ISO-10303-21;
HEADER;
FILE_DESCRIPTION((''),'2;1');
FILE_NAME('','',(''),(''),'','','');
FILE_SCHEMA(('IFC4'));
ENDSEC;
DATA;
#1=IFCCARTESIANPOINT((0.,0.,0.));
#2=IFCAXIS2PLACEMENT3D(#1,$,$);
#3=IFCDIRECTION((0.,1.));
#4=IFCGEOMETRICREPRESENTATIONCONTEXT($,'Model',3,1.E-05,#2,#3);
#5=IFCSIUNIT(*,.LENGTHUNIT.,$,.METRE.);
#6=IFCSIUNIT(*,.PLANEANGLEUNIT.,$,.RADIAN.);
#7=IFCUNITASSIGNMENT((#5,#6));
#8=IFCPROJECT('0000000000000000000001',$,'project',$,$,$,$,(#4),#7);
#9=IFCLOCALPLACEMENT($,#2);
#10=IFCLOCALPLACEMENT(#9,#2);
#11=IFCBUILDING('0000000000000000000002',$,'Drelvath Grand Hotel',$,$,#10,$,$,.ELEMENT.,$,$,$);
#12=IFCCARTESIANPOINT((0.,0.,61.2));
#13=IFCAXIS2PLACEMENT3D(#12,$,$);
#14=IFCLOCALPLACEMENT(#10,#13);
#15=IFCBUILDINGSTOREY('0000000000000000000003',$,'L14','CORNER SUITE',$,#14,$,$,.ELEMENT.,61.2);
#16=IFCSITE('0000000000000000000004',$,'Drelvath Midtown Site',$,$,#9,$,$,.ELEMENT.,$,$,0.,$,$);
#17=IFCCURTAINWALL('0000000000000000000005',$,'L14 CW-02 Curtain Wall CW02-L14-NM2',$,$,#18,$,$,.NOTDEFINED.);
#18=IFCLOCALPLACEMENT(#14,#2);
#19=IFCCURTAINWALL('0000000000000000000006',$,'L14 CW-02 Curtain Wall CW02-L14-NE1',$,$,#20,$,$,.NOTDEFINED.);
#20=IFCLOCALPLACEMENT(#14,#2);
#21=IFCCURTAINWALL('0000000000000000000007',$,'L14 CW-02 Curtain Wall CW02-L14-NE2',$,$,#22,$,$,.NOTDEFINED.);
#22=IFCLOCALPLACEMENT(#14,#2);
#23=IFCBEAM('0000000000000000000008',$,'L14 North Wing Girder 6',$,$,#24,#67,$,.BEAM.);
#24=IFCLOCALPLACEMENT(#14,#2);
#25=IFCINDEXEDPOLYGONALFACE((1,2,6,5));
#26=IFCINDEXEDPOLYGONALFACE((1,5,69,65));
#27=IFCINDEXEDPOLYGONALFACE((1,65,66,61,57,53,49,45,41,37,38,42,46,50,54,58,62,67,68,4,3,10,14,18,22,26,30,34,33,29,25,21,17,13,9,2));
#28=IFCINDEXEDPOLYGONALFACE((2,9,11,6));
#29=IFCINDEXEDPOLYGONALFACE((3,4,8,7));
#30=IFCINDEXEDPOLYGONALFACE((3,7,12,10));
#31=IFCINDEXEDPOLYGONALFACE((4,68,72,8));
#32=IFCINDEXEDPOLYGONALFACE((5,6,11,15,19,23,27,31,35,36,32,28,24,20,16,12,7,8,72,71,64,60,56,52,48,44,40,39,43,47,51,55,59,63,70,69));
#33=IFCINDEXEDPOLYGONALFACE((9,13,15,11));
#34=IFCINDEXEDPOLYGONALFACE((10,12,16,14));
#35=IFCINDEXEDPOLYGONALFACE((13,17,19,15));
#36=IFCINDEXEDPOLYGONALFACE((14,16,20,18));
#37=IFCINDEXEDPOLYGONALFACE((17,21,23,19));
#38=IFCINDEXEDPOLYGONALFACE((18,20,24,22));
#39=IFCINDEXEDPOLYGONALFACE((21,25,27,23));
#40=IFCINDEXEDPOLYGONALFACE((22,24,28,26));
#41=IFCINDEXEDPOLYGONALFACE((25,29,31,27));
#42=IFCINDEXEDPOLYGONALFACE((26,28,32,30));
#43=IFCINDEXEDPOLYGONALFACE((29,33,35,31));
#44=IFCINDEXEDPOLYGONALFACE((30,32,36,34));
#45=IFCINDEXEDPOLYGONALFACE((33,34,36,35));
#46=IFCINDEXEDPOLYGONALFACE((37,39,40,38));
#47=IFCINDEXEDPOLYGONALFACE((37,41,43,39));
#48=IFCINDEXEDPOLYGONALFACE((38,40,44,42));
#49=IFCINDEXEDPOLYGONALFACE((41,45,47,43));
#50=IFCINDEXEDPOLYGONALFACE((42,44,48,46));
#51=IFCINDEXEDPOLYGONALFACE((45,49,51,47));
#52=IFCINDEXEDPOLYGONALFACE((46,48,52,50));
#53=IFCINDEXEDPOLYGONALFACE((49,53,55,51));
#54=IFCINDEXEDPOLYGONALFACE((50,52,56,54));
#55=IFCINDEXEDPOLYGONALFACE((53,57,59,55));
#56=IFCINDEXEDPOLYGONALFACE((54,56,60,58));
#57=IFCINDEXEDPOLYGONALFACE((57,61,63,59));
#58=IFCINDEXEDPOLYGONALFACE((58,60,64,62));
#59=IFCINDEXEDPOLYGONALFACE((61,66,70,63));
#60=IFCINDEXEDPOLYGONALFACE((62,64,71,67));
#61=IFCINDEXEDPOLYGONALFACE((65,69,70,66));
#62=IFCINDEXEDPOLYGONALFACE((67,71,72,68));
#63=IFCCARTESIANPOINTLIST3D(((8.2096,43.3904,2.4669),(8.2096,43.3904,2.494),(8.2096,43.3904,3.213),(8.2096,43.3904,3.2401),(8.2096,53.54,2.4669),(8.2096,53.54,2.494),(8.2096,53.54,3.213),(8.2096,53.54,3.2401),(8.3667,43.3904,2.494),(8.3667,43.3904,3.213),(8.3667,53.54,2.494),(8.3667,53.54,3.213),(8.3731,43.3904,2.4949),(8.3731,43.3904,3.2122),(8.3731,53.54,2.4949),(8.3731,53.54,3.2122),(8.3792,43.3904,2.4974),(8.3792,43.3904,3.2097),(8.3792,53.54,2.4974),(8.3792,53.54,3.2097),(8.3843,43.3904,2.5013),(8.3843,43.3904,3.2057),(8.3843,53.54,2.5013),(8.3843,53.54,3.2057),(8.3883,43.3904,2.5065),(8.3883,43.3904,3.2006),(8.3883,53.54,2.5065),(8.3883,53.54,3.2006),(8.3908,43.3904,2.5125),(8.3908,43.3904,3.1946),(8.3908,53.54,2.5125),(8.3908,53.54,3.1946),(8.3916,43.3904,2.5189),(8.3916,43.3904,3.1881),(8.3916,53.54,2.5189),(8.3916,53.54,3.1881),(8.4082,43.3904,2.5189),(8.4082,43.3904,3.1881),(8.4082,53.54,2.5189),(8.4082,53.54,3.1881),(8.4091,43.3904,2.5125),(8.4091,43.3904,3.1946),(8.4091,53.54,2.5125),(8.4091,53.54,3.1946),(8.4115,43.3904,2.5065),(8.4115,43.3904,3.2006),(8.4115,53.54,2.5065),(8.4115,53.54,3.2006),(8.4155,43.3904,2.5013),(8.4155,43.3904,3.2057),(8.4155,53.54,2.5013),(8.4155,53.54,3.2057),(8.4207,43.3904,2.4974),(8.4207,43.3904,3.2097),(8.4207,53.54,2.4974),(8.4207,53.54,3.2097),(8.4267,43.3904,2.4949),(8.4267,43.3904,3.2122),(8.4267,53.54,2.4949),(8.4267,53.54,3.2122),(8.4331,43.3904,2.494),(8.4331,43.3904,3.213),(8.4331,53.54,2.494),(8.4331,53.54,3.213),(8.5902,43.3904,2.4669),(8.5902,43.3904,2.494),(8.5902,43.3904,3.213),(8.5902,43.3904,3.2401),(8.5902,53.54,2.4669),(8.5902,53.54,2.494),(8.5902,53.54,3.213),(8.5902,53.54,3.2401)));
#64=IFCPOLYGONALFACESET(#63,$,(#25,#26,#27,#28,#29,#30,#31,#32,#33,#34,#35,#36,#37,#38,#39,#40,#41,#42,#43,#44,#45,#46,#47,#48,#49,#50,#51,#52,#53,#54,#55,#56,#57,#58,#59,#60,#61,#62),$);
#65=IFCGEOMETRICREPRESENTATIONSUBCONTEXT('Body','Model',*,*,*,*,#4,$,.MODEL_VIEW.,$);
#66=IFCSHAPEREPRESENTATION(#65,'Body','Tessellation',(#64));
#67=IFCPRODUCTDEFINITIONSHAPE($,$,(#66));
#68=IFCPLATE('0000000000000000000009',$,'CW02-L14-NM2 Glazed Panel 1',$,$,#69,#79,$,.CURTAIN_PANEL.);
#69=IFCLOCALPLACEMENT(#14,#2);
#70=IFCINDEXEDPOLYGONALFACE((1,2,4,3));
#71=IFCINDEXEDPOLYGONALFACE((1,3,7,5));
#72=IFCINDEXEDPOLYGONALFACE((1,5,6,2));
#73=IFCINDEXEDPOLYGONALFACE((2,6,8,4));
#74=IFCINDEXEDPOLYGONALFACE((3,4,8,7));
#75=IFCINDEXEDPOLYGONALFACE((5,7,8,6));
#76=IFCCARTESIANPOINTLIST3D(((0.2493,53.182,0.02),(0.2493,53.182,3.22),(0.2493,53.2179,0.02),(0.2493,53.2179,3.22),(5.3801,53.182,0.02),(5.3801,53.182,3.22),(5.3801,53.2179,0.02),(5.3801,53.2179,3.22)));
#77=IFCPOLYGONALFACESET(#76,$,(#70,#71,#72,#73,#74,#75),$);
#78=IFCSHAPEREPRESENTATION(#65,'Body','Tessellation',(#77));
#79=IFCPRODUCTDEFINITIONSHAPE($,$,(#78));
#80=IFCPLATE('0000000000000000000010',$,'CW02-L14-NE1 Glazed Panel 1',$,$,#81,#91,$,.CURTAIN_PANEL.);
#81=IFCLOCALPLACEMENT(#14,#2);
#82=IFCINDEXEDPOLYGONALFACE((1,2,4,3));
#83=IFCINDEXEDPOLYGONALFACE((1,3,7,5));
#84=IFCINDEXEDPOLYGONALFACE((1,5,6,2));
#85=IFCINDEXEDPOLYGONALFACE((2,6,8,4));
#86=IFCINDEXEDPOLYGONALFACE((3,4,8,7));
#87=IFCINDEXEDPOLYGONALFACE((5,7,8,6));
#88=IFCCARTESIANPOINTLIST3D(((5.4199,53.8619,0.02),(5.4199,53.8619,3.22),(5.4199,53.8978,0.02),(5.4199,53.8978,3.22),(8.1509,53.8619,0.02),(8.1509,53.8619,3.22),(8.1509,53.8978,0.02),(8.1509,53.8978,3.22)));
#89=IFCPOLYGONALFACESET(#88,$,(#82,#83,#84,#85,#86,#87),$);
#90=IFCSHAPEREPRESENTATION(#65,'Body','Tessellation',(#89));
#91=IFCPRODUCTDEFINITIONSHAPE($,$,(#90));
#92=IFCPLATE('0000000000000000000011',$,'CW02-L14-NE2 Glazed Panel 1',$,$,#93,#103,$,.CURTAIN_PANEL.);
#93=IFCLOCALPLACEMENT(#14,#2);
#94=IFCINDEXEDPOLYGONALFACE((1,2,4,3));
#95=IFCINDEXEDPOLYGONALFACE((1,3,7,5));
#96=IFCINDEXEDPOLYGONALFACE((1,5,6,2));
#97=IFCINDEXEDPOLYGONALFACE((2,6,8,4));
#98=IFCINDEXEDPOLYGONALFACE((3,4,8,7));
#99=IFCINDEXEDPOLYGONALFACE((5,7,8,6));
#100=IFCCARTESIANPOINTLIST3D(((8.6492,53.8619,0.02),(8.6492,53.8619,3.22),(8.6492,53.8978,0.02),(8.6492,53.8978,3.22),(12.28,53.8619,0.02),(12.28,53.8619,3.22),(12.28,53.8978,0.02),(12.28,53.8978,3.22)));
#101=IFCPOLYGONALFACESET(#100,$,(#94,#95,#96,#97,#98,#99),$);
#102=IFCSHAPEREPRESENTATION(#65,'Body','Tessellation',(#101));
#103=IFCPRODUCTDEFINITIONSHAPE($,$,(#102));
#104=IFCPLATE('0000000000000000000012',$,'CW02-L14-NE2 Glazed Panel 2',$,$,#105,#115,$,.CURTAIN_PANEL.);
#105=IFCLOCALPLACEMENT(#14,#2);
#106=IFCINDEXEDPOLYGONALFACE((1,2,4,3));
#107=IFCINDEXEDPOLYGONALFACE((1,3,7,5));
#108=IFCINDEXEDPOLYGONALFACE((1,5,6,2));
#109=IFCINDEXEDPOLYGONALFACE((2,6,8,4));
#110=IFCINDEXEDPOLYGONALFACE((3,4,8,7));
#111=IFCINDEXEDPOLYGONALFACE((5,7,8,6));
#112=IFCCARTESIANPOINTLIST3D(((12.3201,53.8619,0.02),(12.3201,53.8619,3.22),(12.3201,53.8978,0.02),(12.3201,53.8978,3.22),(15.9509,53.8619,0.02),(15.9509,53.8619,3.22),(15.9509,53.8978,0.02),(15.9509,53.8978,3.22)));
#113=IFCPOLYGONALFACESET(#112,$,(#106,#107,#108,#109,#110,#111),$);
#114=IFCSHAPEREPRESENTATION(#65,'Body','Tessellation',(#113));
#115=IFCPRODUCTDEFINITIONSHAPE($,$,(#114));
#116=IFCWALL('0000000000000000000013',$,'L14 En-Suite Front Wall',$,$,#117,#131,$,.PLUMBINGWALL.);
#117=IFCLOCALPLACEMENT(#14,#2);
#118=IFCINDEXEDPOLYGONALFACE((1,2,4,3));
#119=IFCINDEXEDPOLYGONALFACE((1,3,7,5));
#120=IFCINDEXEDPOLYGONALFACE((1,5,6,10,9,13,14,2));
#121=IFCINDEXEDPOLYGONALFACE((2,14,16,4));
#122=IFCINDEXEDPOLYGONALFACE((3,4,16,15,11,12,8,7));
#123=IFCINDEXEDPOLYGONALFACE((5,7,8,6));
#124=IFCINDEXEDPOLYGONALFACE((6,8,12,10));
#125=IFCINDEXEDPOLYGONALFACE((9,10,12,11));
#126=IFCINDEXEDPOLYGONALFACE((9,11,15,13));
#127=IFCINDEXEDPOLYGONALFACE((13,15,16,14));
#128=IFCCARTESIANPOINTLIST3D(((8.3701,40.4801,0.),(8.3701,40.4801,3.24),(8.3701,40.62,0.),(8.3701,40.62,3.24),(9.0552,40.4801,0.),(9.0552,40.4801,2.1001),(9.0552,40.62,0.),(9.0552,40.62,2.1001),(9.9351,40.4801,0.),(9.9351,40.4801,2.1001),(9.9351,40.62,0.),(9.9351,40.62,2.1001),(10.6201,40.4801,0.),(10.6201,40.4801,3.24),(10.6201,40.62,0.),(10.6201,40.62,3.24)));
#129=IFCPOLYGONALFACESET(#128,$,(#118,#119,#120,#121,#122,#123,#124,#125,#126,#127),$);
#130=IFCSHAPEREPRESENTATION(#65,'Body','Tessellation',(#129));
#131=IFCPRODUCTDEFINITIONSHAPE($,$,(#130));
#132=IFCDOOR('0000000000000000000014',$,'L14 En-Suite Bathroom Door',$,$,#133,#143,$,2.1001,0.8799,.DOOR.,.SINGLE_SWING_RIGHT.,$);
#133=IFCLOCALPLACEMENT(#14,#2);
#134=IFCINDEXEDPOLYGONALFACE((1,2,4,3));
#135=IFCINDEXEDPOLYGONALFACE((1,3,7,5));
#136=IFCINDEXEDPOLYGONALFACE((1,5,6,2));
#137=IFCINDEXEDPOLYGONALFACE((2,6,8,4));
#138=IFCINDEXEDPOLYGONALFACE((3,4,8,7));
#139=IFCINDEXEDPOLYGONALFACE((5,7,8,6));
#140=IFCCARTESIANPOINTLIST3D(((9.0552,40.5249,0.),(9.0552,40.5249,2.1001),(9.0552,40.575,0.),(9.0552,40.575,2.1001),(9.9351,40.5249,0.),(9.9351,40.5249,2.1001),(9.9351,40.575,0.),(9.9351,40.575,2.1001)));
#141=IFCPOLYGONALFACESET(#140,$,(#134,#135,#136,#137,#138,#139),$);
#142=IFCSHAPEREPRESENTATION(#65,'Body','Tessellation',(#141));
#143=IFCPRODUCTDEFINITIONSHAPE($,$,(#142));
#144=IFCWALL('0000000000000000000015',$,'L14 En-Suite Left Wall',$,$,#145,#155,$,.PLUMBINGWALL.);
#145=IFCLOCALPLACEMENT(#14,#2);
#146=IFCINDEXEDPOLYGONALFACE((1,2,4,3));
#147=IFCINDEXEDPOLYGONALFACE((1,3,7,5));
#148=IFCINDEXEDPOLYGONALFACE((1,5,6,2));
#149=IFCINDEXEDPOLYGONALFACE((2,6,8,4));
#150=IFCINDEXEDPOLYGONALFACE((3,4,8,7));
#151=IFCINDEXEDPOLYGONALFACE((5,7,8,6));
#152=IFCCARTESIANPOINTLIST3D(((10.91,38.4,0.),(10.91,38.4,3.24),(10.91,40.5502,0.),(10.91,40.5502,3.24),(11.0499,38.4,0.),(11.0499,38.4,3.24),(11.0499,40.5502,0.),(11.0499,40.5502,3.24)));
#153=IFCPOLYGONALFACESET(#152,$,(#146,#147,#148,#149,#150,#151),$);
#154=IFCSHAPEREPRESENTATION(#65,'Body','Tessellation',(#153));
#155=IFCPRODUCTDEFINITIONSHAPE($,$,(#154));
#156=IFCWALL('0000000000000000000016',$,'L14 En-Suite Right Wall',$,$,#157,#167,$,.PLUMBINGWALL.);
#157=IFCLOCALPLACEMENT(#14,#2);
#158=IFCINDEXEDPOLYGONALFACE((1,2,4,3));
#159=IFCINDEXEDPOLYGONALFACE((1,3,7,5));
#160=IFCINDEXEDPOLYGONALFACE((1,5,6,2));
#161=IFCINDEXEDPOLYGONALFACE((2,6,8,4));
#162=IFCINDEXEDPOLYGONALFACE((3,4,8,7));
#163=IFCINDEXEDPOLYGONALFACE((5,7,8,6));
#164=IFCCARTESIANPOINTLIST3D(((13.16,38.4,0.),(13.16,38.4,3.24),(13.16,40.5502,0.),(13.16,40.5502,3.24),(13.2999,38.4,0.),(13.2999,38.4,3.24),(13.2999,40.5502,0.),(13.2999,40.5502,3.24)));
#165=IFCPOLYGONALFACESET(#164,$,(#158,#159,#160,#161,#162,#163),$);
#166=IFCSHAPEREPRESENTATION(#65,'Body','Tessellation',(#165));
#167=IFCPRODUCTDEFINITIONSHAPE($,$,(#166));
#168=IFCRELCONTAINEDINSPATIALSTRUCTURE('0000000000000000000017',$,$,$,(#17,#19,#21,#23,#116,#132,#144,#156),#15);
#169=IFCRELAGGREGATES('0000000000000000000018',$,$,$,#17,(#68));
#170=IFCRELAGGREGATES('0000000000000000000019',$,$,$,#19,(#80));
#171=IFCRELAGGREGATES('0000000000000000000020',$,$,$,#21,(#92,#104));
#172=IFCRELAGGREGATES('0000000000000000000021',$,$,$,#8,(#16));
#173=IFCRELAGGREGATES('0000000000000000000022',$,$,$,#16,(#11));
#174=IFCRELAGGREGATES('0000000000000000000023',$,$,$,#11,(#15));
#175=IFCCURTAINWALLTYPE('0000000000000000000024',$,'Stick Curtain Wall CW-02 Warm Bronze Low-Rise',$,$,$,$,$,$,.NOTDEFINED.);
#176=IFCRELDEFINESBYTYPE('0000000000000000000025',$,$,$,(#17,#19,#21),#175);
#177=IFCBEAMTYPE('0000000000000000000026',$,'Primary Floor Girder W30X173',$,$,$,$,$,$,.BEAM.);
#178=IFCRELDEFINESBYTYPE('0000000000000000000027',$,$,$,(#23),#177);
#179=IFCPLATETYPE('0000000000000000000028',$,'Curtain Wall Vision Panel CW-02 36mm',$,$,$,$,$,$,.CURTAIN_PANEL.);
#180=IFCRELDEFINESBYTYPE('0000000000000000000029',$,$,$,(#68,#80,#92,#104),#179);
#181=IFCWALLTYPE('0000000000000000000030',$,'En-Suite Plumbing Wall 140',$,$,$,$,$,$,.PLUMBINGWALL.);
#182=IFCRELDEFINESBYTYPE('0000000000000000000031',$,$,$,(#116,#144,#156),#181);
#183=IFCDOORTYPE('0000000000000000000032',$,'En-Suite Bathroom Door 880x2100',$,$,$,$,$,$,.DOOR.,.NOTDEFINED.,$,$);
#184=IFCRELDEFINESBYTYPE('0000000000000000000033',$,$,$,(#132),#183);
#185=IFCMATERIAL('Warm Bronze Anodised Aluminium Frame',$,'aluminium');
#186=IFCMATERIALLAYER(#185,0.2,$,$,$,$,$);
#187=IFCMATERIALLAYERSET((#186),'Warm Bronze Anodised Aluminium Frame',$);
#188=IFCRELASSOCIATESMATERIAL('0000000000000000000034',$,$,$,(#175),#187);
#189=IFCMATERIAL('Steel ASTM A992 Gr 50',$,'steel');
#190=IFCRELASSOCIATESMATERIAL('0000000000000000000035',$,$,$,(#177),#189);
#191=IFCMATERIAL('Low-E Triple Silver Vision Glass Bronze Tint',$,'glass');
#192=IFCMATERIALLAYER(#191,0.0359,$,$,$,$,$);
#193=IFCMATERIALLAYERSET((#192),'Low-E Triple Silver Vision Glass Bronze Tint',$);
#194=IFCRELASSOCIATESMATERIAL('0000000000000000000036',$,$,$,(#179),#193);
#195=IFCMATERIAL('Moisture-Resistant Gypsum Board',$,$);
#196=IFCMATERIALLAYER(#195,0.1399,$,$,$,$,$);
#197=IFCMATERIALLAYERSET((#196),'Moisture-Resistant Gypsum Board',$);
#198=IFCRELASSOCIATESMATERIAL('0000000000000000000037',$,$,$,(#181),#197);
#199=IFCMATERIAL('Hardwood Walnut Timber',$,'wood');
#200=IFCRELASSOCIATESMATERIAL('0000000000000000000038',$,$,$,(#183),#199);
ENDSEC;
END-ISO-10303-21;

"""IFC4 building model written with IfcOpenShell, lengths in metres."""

from ifc_helpers import new_model, si_unit, direction, frame, frame_2d, origin, origin_2d, place, context, subcontext, project, spatial, rectangle, i_section, extrude, material, layer, layer_set, material_profile, profile_set, type_object, element, fill, aggregate, save


model = new_model("IFC4")

# Units and contexts
model_context = context("Model", 3, precision=1e-05, world=origin(), true_north=direction((0.0, 1.0)))
body_context = subcontext(model_context, "Body", "Model", "MODEL_VIEW")
ifc_project = project(units=[si_unit("LENGTHUNIT", "METRE"), si_unit("PLANEANGLEUNIT", "RADIAN")], contexts=[model_context])

# Site, building, storey
site_placement = place(None, origin())
site = spatial("IfcSite", under=ifc_project, at=site_placement, Name="Drelvath Midtown Site", CompositionType="ELEMENT", RefElevation=0.0)
building_placement = place(site_placement, origin())
building = spatial("IfcBuilding", under=site, at=building_placement, Name="Drelvath Grand Hotel", CompositionType="ELEMENT")
storey_placement = place(building_placement, frame((0.0, 0.0, 61.2)))
storey = spatial("IfcBuildingStorey", under=building, at=storey_placement, Name="L14", Description="CORNER SUITE", CompositionType="ELEMENT", Elevation=61.2)

# Curtain walls
ifc_material_1 = material(Name="Warm Bronze Anodised Aluminium Frame", Category="aluminium")
ifc_layer_1 = layer(ifc_material_1, 0.2)
ifc_layer_set_1 = layer_set([ifc_layer_1], Name="Warm Bronze Anodised Aluminium Frame")
curtain_wall_type = type_object("IfcCurtainWallType", Name="Stick Curtain Wall CW-02 Warm Bronze Low-Rise", PredefinedType="NOTDEFINED", material=ifc_layer_set_1)
curtain_wall_1_placement = place(storey_placement, origin())
curtain_wall_1 = element("IfcCurtainWall", 1, at=curtain_wall_1_placement, inside=storey, type_object=curtain_wall_type, Name="L14 CW-02 Curtain Wall CW02-L14-NM2", PredefinedType="NOTDEFINED")
curtain_wall_2_placement = place(storey_placement, origin())
curtain_wall_2 = element("IfcCurtainWall", 2, at=curtain_wall_2_placement, inside=storey, type_object=curtain_wall_type, Name="L14 CW-02 Curtain Wall CW02-L14-NE1", PredefinedType="NOTDEFINED")
curtain_wall_3_placement = place(storey_placement, origin())
curtain_wall_3 = element("IfcCurtainWall", 3, at=curtain_wall_3_placement, inside=storey, type_object=curtain_wall_type, Name="L14 CW-02 Curtain Wall CW02-L14-NE2", PredefinedType="NOTDEFINED")

# Beam
ifc_material_2 = material(Name="Steel ASTM A992 Gr 50", Category="steel")
ifc_material_profile_1 = material_profile(ifc_material_2, i_section(OverallWidth=0.3806, OverallDepth=0.7732, WebThickness=0.0166, FlangeThickness=0.0271, FilletRadius=0.0249, at=origin_2d()), Name="W30X173")
ifc_profile_set_1 = profile_set([ifc_material_profile_1], Name="Steel ASTM A992 Gr 50")
beam_type_1 = type_object("IfcBeamType", Name="Primary Floor Girder W30X173", PredefinedType="BEAM", material=ifc_profile_set_1)
beam_1_placement = place(storey_placement, frame((8.3999, 43.3904, 2.8535), z_axis=(0.0, 1.0, 0.0), x_axis=(-1.0, 0.0, 0.0)))
element("IfcBeam", 4, at=beam_1_placement, inside=storey, type_object=beam_type_1, Name="L14 North Wing Girder 6", PredefinedType="BEAM", context=body_context, shape_type="SweptSolid", body=[
    extrude(i_section(OverallWidth=0.3806, OverallDepth=0.7732, WebThickness=0.0166, FlangeThickness=0.0271, FilletRadius=0.0249, at=origin_2d()), origin(), (0.0, 0.0, 1.0), 10.1497),
])

# Plates
ifc_material_3 = material(Name="Low-E Triple Silver Vision Glass Bronze Tint", Category="glass")
ifc_layer_2 = layer(ifc_material_3, 0.0359)
ifc_layer_set_2 = layer_set([ifc_layer_2], Name="Low-E Triple Silver Vision Glass Bronze Tint")
plate_type = type_object("IfcPlateType", Name="Curtain Wall Vision Panel CW-02 36mm", PredefinedType="CURTAIN_PANEL", material=ifc_layer_set_2)
plate_1_placement = place(storey_placement, frame((2.8147, 53.2, 0.02), z_axis=(0.0, 0.0, 1.0), x_axis=(1.0, 0.0, 0.0)))
plate_1 = element("IfcPlate", 5, at=plate_1_placement, type_object=plate_type, Name="CW02-L14-NM2 Glazed Panel 1", PredefinedType="CURTAIN_PANEL", context=body_context, shape_type="SweptSolid", body=[
    extrude(rectangle(XDim=5.1309, YDim=0.0359, at=origin_2d()), origin(), (0.0, 0.0, 1.0), 3.2),
])
aggregate(curtain_wall_1, [plate_1])
plate_2_placement = place(storey_placement, frame((6.7854, 53.8799, 0.02), z_axis=(0.0, 0.0, 1.0), x_axis=(1.0, 0.0, 0.0)))
plate_2 = element("IfcPlate", 6, at=plate_2_placement, type_object=plate_type, Name="CW02-L14-NE1 Glazed Panel 1", PredefinedType="CURTAIN_PANEL", context=body_context, shape_type="SweptSolid", body=[
    extrude(rectangle(XDim=2.731, YDim=0.0359, at=origin_2d()), origin(), (0.0, 0.0, 1.0), 3.2),
])
aggregate(curtain_wall_2, [plate_2])
plate_3_placement = place(storey_placement, frame((10.4646, 53.8799, 0.02), z_axis=(0.0, 0.0, 1.0), x_axis=(1.0, 0.0, 0.0)))
plate_3 = element("IfcPlate", 7, at=plate_3_placement, type_object=plate_type, Name="CW02-L14-NE2 Glazed Panel 1", PredefinedType="CURTAIN_PANEL", context=body_context, shape_type="SweptSolid", body=[
    extrude(rectangle(XDim=3.6309, YDim=0.0359, at=origin_2d()), origin(), (0.0, 0.0, 1.0), 3.2),
])
plate_4_placement = place(storey_placement, frame((14.1355, 53.8799, 0.02), z_axis=(0.0, 0.0, 1.0), x_axis=(1.0, 0.0, 0.0)))
plate_4 = element("IfcPlate", 8, at=plate_4_placement, type_object=plate_type, Name="CW02-L14-NE2 Glazed Panel 2", PredefinedType="CURTAIN_PANEL", context=body_context, shape_type="SweptSolid", body=[
    extrude(rectangle(XDim=3.6309, YDim=0.0359, at=origin_2d()), origin(), (0.0, 0.0, 1.0), 3.2),
])
aggregate(curtain_wall_3, [plate_3, plate_4])

# Wall, opening, door
ifc_material_4 = material(Name="Moisture-Resistant Gypsum Board")
ifc_layer_3 = layer(ifc_material_4, 0.1399)
ifc_layer_set_3 = layer_set([ifc_layer_3], Name="Moisture-Resistant Gypsum Board")
wall_type_1 = type_object("IfcWallType", Name="En-Suite Plumbing Wall 140", PredefinedType="PLUMBINGWALL", material=ifc_layer_set_3)
wall_1_placement = place(storey_placement, frame((8.3701, 40.55, 0.0), z_axis=(0.0, 0.0, 1.0), x_axis=(1.0, 0.0, 0.0)))
wall_1 = element("IfcWall", 9, at=wall_1_placement, inside=storey, type_object=wall_type_1, Name="L14 En-Suite Front Wall", PredefinedType="PLUMBINGWALL", context=body_context, shape_type="SweptSolid", body=[
    extrude(rectangle(XDim=2.25, YDim=0.1399, at=frame_2d((1.125, 0.0))), origin(), (0.0, 0.0, 1.0), 3.24),
])
opening_1_placement = place(wall_1_placement, frame((0.6851, 0.0, 0.0)))
opening_1 = element("IfcOpeningElement", 10, at=opening_1_placement, cuts=wall_1, PredefinedType="OPENING", context=body_context, shape_type="SweptSolid", body=[
    extrude(rectangle(XDim=0.8799, YDim=2.1001, at=frame_2d((0.4399, 1.05))), frame((0.0, 0.0798, 0.0), z_axis=(0.0, -1.0, 0.0), x_axis=(1.0, 0.0, 0.0)), (0.0, 0.0, 1.0), 0.1599),
])
ifc_material_5 = material(Name="Hardwood Walnut Timber", Category="wood")
door_type = type_object("IfcDoorType", Name="En-Suite Bathroom Door 880x2100", OperationType="NOTDEFINED", PredefinedType="DOOR", material=ifc_material_5)
door_1_placement = place(opening_1_placement, origin())
door_1 = element("IfcDoor", 11, at=door_1_placement, inside=storey, type_object=door_type, Name="L14 En-Suite Bathroom Door", OperationType="SINGLE_SWING_RIGHT", OverallHeight=2.1001, OverallWidth=0.8799, PredefinedType="DOOR", context=body_context, shape_type="SweptSolid", body=[
    extrude(rectangle(XDim=0.8799, YDim=2.1001, at=frame_2d((0.4399, 1.05))), frame((0.0, 0.0249, 0.0), z_axis=(0.0, -1.0, 0.0), x_axis=(1.0, 0.0, 0.0)), (0.0, 0.0, 1.0), 0.05),
])
fill(opening_1, door_1)

# Walls
for number, where, z_axis, x_axis, name in (
    (12, (10.98, 38.3999, 0.0), (0.0, 0.0, 1.0), (0.0, 1.0, 0.0), "L14 En-Suite Left Wall"),
    (13, (13.23, 38.3999, 0.0), (0.0, 0.0, 1.0), (0.0, 1.0, 0.0), "L14 En-Suite Right Wall"),
):
    element("IfcWall", number, at=place(storey_placement, frame(where, z_axis=z_axis, x_axis=x_axis)), inside=storey, type_object=wall_type_1, Name=name, PredefinedType="PLUMBINGWALL", context=body_context, shape_type="SweptSolid", body=[
        extrude(rectangle(XDim=2.1501, YDim=0.1399, at=frame_2d((1.0752, 0.0))), origin(), (0.0, 0.0, 1.0), 3.24),
    ])

save(model, "model.ifc")
